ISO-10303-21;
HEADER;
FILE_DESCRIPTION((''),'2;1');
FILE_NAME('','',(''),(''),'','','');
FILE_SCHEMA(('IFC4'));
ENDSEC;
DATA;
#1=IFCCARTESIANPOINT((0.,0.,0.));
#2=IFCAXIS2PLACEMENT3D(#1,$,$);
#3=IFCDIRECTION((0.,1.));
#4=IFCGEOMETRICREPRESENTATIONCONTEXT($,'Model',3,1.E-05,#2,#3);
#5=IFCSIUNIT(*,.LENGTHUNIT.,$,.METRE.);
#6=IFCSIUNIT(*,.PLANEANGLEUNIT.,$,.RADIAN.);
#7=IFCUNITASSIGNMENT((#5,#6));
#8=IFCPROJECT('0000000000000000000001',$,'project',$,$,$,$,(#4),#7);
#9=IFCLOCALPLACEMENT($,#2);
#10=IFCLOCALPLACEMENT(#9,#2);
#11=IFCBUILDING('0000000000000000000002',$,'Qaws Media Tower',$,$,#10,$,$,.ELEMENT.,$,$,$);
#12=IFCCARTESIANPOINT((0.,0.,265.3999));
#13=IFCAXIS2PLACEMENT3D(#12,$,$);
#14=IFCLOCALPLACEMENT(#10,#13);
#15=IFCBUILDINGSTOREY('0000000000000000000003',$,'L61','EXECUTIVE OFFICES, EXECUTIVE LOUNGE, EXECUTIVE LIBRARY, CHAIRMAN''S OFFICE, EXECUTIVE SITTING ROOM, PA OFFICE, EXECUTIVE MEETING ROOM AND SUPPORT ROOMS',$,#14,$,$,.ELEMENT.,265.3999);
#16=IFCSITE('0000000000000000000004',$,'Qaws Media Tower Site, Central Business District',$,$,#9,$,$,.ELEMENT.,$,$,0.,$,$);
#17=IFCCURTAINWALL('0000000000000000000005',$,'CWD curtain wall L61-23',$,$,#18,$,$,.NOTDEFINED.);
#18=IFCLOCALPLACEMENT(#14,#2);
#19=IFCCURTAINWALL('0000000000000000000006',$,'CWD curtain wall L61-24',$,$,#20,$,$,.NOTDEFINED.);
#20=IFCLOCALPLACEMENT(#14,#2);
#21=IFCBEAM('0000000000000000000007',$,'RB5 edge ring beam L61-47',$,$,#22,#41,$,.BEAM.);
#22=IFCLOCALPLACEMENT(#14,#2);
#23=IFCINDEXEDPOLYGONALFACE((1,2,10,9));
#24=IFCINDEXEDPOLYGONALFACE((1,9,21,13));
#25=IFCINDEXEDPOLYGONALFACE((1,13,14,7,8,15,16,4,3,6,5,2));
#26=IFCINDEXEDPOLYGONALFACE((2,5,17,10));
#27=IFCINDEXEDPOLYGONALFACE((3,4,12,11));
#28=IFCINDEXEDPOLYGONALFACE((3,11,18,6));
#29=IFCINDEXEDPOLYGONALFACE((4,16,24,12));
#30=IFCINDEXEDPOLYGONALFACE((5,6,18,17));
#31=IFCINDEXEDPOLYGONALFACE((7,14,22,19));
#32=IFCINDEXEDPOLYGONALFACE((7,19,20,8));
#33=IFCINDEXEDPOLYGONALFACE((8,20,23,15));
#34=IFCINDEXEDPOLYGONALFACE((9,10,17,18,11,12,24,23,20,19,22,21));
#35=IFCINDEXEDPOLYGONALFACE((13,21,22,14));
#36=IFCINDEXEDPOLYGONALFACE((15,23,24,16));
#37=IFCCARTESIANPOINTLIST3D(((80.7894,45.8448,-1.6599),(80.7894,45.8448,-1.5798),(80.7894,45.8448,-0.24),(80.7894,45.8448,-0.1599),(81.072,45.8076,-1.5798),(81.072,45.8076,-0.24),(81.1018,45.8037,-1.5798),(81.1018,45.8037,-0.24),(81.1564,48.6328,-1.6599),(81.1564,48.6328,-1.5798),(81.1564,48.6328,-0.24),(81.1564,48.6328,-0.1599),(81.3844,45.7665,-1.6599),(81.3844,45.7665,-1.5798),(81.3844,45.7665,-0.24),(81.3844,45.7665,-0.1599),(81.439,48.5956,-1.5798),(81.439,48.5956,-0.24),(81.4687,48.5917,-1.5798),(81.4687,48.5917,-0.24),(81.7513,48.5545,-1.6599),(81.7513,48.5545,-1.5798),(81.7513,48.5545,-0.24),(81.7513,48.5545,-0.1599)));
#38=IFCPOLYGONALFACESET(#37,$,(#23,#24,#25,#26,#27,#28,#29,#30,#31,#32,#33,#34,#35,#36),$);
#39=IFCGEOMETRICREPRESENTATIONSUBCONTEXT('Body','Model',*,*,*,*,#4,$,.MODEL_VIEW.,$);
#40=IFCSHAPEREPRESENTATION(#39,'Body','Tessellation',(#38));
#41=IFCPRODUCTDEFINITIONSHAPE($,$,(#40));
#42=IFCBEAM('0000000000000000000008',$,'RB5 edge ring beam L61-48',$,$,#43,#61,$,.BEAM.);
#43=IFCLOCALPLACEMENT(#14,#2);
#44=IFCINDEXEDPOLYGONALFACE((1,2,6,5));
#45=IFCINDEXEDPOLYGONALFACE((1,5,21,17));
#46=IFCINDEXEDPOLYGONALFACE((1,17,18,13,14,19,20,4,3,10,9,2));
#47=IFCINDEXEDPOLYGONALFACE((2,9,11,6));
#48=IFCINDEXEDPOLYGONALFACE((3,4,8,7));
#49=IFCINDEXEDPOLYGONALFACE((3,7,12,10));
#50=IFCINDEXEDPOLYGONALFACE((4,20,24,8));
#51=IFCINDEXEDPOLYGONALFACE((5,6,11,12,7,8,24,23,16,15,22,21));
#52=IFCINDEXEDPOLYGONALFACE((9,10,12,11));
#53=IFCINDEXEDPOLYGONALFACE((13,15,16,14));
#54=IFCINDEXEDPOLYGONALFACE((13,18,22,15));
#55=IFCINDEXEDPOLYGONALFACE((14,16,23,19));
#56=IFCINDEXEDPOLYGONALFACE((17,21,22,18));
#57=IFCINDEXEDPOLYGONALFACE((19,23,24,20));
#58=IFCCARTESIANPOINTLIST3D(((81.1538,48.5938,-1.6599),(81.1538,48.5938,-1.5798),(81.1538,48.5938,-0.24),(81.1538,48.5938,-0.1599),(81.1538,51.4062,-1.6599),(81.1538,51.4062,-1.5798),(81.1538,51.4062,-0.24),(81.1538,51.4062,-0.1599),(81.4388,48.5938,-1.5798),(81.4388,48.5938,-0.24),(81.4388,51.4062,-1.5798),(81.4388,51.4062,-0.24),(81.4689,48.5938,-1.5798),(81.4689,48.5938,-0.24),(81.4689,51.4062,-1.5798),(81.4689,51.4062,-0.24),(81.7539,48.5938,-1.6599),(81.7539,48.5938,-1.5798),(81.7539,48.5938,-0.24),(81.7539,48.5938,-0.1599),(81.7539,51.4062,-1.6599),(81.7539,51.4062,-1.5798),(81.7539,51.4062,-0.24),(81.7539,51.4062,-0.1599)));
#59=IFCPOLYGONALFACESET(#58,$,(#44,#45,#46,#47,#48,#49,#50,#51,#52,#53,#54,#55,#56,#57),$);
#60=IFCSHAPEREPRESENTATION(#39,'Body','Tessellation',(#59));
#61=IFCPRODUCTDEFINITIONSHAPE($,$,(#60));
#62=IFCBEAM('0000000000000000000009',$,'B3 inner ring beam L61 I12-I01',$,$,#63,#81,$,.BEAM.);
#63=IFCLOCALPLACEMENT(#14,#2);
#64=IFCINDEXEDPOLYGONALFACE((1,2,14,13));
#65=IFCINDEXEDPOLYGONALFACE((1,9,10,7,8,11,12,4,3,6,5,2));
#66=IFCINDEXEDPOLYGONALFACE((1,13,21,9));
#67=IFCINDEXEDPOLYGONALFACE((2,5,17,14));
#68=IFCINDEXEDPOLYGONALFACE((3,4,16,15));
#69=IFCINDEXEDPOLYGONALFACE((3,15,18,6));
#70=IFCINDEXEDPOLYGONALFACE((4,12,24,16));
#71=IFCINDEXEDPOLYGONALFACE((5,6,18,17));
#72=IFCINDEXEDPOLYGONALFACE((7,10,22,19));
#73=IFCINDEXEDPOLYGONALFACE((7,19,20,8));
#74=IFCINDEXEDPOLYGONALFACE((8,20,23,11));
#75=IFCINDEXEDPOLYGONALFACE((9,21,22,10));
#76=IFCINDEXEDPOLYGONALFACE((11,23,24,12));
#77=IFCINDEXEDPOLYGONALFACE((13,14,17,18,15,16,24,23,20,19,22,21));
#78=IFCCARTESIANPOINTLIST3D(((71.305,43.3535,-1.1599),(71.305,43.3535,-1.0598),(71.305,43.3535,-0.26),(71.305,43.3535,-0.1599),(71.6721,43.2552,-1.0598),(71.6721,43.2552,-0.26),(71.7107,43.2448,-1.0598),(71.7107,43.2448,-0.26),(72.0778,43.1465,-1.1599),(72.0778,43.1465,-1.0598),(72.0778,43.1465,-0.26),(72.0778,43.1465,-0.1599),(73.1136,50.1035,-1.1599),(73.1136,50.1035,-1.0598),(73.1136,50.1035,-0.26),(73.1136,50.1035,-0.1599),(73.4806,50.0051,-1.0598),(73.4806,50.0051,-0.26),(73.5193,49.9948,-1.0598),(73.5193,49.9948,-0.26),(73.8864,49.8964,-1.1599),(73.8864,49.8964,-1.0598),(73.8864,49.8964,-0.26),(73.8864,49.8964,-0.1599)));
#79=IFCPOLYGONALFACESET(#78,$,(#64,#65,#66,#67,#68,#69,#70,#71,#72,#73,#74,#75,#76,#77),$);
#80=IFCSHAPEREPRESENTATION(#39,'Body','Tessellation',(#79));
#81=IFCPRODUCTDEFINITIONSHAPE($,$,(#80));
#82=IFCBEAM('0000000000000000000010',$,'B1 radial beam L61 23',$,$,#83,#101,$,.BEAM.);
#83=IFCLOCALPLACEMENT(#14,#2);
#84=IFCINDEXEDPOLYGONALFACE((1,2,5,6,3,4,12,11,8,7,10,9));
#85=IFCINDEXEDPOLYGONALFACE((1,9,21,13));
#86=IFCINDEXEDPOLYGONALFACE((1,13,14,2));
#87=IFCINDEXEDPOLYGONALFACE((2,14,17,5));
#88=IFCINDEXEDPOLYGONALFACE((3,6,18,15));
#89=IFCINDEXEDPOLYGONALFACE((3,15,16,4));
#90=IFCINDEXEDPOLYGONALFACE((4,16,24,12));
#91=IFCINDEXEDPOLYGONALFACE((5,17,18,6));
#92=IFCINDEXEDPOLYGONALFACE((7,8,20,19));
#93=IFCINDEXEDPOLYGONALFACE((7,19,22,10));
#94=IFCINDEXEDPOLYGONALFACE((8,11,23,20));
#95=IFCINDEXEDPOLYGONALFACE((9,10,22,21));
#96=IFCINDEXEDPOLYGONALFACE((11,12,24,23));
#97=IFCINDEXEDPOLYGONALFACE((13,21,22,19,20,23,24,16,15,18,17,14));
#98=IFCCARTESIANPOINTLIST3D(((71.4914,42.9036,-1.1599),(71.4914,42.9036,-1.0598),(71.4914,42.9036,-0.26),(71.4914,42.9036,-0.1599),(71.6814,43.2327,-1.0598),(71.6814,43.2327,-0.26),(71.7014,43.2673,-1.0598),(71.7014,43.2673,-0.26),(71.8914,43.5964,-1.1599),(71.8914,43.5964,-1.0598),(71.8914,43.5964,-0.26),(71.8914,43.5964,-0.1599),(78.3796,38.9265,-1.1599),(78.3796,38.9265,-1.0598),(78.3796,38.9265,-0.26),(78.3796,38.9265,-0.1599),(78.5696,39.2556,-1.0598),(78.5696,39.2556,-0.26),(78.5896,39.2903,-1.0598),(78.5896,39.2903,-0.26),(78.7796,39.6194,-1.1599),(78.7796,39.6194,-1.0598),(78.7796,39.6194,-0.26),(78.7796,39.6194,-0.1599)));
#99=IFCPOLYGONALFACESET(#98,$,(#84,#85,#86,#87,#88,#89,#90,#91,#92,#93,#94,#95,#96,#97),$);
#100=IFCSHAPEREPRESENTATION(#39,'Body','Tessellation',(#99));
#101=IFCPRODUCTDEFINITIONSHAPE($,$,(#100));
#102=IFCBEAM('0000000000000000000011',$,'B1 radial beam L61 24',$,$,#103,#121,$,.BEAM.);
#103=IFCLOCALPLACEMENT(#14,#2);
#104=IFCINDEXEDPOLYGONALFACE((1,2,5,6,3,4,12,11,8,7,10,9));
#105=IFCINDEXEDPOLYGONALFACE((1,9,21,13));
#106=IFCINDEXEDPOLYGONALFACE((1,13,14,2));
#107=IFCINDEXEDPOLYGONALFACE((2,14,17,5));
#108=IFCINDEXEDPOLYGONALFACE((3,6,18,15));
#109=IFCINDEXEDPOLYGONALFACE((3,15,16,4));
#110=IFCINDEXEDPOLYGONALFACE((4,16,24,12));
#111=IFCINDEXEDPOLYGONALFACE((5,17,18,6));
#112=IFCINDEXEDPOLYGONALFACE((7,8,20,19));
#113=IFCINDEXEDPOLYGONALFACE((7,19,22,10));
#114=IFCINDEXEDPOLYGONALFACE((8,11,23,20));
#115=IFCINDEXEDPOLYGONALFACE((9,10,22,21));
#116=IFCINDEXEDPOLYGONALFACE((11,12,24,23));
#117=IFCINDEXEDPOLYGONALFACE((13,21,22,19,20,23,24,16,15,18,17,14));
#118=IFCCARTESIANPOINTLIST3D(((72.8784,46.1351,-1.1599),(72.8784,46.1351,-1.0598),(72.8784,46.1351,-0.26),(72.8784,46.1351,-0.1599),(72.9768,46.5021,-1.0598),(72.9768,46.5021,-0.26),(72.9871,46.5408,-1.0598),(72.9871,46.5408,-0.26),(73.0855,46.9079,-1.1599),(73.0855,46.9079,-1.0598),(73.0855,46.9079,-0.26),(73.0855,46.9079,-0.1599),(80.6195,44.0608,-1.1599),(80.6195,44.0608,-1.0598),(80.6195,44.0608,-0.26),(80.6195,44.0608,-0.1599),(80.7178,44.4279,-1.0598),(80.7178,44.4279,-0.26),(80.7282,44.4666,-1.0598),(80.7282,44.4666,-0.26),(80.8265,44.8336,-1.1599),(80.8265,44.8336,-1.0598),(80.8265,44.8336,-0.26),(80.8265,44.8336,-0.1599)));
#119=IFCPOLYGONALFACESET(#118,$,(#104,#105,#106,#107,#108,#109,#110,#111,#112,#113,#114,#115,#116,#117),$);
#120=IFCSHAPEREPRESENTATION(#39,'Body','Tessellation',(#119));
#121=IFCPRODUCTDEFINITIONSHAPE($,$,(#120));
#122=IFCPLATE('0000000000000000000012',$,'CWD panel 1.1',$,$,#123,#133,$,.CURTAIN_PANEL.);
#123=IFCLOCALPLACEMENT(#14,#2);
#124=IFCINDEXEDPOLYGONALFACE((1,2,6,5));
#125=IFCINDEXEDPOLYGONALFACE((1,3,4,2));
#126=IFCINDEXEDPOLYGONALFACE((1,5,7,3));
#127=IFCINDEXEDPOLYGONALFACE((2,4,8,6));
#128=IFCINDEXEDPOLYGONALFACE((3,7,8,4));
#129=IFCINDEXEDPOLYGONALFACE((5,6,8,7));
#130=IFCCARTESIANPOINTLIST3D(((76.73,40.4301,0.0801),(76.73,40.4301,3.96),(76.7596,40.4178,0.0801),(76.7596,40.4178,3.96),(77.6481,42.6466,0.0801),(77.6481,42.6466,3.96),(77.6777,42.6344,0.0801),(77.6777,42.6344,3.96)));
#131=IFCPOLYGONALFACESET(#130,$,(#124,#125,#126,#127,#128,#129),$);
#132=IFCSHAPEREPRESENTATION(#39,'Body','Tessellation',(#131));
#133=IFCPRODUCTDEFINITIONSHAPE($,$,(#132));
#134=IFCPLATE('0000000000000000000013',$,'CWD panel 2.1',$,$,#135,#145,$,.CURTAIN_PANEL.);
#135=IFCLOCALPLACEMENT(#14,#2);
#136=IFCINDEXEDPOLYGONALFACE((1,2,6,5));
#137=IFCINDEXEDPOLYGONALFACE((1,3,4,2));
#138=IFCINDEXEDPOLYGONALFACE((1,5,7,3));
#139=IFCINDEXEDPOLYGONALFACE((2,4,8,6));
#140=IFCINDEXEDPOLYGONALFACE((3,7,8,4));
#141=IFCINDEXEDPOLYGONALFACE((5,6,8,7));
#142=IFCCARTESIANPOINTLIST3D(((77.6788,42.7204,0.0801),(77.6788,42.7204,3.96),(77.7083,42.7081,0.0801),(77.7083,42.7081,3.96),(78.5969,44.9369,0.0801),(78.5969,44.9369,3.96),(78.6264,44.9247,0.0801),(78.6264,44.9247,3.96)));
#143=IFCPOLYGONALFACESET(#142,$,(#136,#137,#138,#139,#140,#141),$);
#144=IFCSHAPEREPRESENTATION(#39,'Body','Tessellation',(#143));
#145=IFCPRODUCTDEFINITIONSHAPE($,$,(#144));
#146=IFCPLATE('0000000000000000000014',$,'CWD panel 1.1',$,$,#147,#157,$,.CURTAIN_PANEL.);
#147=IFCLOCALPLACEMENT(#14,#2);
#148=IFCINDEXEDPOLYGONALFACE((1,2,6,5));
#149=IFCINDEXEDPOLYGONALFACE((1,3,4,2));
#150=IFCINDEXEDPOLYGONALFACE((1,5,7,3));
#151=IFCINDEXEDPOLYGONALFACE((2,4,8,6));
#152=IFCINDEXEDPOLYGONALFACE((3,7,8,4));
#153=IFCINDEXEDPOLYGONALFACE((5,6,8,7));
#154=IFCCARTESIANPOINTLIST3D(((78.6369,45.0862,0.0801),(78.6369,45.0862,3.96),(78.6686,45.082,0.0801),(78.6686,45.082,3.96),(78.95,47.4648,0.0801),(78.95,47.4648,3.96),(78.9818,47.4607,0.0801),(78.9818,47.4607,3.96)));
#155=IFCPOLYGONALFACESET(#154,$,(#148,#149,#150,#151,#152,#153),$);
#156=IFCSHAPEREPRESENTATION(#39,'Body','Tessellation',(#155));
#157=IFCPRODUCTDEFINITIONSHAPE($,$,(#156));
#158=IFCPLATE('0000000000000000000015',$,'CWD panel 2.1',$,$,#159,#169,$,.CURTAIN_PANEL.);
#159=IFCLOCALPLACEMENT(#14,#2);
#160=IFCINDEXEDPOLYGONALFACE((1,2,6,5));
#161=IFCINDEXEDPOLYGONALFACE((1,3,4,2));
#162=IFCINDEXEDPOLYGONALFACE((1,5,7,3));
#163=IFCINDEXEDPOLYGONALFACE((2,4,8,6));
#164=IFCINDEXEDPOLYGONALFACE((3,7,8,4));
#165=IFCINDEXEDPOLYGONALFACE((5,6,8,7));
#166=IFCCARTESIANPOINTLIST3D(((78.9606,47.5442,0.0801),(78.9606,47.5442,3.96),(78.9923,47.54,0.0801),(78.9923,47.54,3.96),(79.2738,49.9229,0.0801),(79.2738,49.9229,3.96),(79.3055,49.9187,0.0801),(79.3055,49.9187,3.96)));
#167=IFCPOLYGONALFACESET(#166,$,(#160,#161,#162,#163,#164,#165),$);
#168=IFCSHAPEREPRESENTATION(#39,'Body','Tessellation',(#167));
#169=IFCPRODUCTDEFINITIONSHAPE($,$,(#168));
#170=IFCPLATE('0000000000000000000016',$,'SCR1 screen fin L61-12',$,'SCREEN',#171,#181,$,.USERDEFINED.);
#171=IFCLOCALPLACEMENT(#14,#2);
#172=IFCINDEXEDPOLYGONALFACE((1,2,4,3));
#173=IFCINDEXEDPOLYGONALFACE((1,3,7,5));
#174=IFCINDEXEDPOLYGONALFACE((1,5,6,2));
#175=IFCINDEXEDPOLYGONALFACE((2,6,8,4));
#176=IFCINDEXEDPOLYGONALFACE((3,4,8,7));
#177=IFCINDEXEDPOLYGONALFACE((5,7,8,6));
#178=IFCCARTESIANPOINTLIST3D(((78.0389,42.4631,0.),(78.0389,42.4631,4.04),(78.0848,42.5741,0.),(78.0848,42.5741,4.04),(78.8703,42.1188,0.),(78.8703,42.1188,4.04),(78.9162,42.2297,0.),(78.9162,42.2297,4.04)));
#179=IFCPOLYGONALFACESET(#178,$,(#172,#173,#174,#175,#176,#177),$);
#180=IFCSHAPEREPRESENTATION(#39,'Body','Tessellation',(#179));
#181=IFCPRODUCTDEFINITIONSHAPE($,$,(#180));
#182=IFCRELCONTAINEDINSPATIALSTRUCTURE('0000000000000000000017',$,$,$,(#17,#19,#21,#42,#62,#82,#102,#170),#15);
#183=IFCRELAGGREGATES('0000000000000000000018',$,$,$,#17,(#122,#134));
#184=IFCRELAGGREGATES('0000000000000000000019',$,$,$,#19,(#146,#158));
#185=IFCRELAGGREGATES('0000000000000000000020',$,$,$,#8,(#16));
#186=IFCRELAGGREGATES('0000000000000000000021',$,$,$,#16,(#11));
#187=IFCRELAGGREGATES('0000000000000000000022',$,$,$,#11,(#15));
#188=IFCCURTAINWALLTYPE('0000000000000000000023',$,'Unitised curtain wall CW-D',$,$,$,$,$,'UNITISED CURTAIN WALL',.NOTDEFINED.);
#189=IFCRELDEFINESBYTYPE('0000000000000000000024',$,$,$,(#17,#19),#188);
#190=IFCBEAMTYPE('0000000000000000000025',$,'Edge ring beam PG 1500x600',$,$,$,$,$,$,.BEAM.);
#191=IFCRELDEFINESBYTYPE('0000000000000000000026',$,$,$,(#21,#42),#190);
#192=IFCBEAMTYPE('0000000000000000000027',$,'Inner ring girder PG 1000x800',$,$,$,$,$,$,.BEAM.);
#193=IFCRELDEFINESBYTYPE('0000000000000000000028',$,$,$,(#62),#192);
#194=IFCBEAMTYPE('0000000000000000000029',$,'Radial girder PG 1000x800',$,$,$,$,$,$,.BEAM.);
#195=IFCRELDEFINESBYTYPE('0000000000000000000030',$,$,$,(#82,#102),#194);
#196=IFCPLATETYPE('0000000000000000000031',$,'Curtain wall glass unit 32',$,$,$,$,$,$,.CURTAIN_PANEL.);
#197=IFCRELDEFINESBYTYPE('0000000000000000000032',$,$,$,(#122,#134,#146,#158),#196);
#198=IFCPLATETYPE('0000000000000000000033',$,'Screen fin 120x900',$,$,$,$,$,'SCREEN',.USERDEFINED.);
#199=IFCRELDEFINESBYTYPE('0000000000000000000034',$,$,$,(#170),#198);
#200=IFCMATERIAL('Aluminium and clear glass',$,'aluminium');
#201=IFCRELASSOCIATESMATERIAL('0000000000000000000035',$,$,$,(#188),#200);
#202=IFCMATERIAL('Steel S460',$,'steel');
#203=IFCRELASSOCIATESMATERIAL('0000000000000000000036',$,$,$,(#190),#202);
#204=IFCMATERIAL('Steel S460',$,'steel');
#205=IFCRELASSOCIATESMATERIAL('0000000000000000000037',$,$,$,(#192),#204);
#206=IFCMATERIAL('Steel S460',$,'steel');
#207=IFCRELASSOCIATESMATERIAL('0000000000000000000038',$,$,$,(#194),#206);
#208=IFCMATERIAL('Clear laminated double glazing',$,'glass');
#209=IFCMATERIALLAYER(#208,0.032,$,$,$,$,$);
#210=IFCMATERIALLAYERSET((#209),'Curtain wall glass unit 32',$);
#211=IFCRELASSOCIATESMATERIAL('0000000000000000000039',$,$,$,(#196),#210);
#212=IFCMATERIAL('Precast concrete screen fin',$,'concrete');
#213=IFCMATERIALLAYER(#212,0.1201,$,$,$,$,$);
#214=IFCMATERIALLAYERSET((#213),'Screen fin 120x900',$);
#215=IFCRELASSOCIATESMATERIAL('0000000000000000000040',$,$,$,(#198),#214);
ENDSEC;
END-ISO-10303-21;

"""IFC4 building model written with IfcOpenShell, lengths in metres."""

from ifc_helpers import new_model, si_unit, direction, frame, origin, origin_2d, place, context, subcontext, project, spatial, rectangle, i_section, extrude, material, layer, layer_set, material_profile, profile_set, type_object, element, aggregate, save


model = new_model("IFC4")

# Units and contexts
model_context = context("Model", 3, precision=1e-05, world=origin(), true_north=direction((0.0, 1.0)))
body_context = subcontext(model_context, "Body", "Model", "MODEL_VIEW")
ifc_project = project(units=[si_unit("LENGTHUNIT", "METRE"), si_unit("PLANEANGLEUNIT", "RADIAN")], contexts=[model_context])

# Site, building, storey
site_placement = place(None, origin())
site = spatial("IfcSite", under=ifc_project, at=site_placement, Name="Qaws Media Tower Site, Central Business District", CompositionType="ELEMENT", RefElevation=0.0)
building_placement = place(site_placement, origin())
building = spatial("IfcBuilding", under=site, at=building_placement, Name="Qaws Media Tower", CompositionType="ELEMENT")
storey_placement = place(building_placement, frame((0.0, 0.0, 265.3999)))
storey = spatial("IfcBuildingStorey", under=building, at=storey_placement, Name="L61", Description="EXECUTIVE OFFICES, EXECUTIVE LOUNGE, EXECUTIVE LIBRARY, CHAIRMAN'S OFFICE, EXECUTIVE SITTING ROOM, PA OFFICE, EXECUTIVE MEETING ROOM AND SUPPORT ROOMS", CompositionType="ELEMENT", Elevation=265.3999)

# Curtain walls
ifc_material_1 = material(Name="Aluminium and clear glass", Category="aluminium")
curtain_wall_type = type_object("IfcCurtainWallType", Name="Unitised curtain wall CW-D", ElementType="UNITISED CURTAIN WALL", PredefinedType="NOTDEFINED", material=ifc_material_1)
curtain_wall_1_placement = place(storey_placement, origin())
curtain_wall_1 = element("IfcCurtainWall", 1, at=curtain_wall_1_placement, inside=storey, type_object=curtain_wall_type, Name="CWD curtain wall L61-23", PredefinedType="NOTDEFINED")
curtain_wall_2_placement = place(storey_placement, origin())
curtain_wall_2 = element("IfcCurtainWall", 2, at=curtain_wall_2_placement, inside=storey, type_object=curtain_wall_type, Name="CWD curtain wall L61-24", PredefinedType="NOTDEFINED")

# Beams
ifc_material_2 = material(Name="Steel S460", Category="steel")
ifc_material_profile_1 = material_profile(ifc_material_2, i_section(OverallWidth=0.6001, OverallDepth=1.5, WebThickness=0.03, FlangeThickness=0.0801, at=origin_2d()), Name="PG 1500x600")
ifc_profile_set_1 = profile_set([ifc_material_profile_1], Name="Steel S460")
beam_type_1 = type_object("IfcBeamType", Name="Edge ring beam PG 1500x600", PredefinedType="BEAM", material=ifc_profile_set_1)
beam_1_placement = place(storey_placement, frame((81.0869, 45.8057, -0.9099), z_axis=(0.130486, 0.99145, 0.0), x_axis=(-0.99145, 0.130486, 0.0)))
element("IfcBeam", 3, at=beam_1_placement, inside=storey, type_object=beam_type_1, Name="RB5 edge ring beam L61-47", PredefinedType="BEAM", context=body_context, shape_type="SweptSolid", body=[
    extrude(i_section(OverallWidth=0.6001, OverallDepth=1.5, WebThickness=0.03, FlangeThickness=0.0801, at=origin_2d()), origin(), (0.0, 0.0, 1.0), 2.812),
])
beam_2_placement = place(storey_placement, frame((81.4539, 48.5938, -0.9099), z_axis=(0.0, 1.0, 0.0), x_axis=(-1.0, 0.0, 0.0)))
element("IfcBeam", 4, at=beam_2_placement, inside=storey, type_object=beam_type_1, Name="RB5 edge ring beam L61-48", PredefinedType="BEAM", context=body_context, shape_type="SweptSolid", body=[
    extrude(i_section(OverallWidth=0.6001, OverallDepth=1.5, WebThickness=0.03, FlangeThickness=0.0801, at=origin_2d()), origin(), (0.0, 0.0, 1.0), 2.8125),
])
ifc_material_3 = material(Name="Steel S460", Category="steel")
ifc_material_profile_2 = material_profile(ifc_material_3, i_section(OverallWidth=0.8, OverallDepth=1.0, WebThickness=0.04, FlangeThickness=0.1001, at=origin_2d()), Name="PG 1000x800")
ifc_profile_set_2 = profile_set([ifc_material_profile_2], Name="Steel S460")
beam_type_2 = type_object("IfcBeamType", Name="Inner ring girder PG 1000x800", PredefinedType="BEAM", material=ifc_profile_set_2)
beam_3_placement = place(storey_placement, frame((71.6914, 43.25, -0.6599), z_axis=(0.258811, 0.965928, 0.0), x_axis=(-0.965928, 0.258811, 0.0)))
element("IfcBeam", 5, at=beam_3_placement, inside=storey, type_object=beam_type_2, Name="B3 inner ring beam L61 I12-I01", PredefinedType="BEAM", context=body_context, shape_type="SweptSolid", body=[
    extrude(i_section(OverallWidth=0.8, OverallDepth=1.0, WebThickness=0.04, FlangeThickness=0.1001, at=origin_2d()), origin(), (0.0, 0.0, 1.0), 6.988),
])
ifc_material_4 = material(Name="Steel S460", Category="steel")
ifc_material_profile_3 = material_profile(ifc_material_4, i_section(OverallWidth=0.8, OverallDepth=1.0, WebThickness=0.04, FlangeThickness=0.1001, at=origin_2d()), Name="PG 1000x800")
ifc_profile_set_3 = profile_set([ifc_material_profile_3], Name="Steel S460")
beam_type_3 = type_object("IfcBeamType", Name="Radial girder PG 1000x800", PredefinedType="BEAM", material=ifc_profile_set_3)
beam_4_placement = place(storey_placement, frame((71.6914, 43.25, -0.6599), z_axis=(0.866017, -0.500015, 0.0), x_axis=(0.500015, 0.866017, 0.0)))
element("IfcBeam", 6, at=beam_4_placement, inside=storey, type_object=beam_type_3, Name="B1 radial beam L61 23", PredefinedType="BEAM", context=body_context, shape_type="SweptSolid", body=[
    extrude(i_section(OverallWidth=0.8, OverallDepth=1.0, WebThickness=0.04, FlangeThickness=0.1001, at=origin_2d()), origin(), (0.0, 0.0, 1.0), 7.9539),
])
beam_5_placement = place(storey_placement, frame((72.9819, 46.5215, -0.6599), z_axis=(0.965925, -0.258823, 0.0), x_axis=(0.258823, 0.965925, 0.0)))
element("IfcBeam", 7, at=beam_5_placement, inside=storey, type_object=beam_type_3, Name="B1 radial beam L61 24", PredefinedType="BEAM", context=body_context, shape_type="SweptSolid", body=[
    extrude(i_section(OverallWidth=0.8, OverallDepth=1.0, WebThickness=0.04, FlangeThickness=0.1001, at=origin_2d()), origin(), (0.0, 0.0, 1.0), 8.0142),
])

# Plates
ifc_material_5 = material(Name="Clear laminated double glazing", Category="glass")
ifc_layer_1 = layer(ifc_material_5, 0.032)
ifc_layer_set_1 = layer_set([ifc_layer_1], Name="Curtain wall glass unit 32")
plate_type_1 = type_object("IfcPlateType", Name="Curtain wall glass unit 32", PredefinedType="CURTAIN_PANEL", material=ifc_layer_set_1)
plate_1_placement = place(storey_placement, frame((77.2039, 41.5322, 0.0801), z_axis=(0.0, 0.0, 1.0), x_axis=(0.382683, 0.92388, 0.0)))
plate_1 = element("IfcPlate", 8, at=plate_1_placement, type_object=plate_type_1, Name="CWD panel 1.1", PredefinedType="CURTAIN_PANEL", context=body_context, shape_type="SweptSolid", body=[
    extrude(rectangle(XDim=2.3992, YDim=0.032, at=origin_2d()), origin(), (0.0, 0.0, 1.0), 3.8799),
])
plate_2_placement = place(storey_placement, frame((78.1526, 43.8225, 0.0801), z_axis=(0.0, 0.0, 1.0), x_axis=(0.382683, 0.92388, 0.0)))
plate_2 = element("IfcPlate", 9, at=plate_2_placement, type_object=plate_type_1, Name="CWD panel 2.1", PredefinedType="CURTAIN_PANEL", context=body_context, shape_type="SweptSolid", body=[
    extrude(rectangle(XDim=2.3992, YDim=0.032, at=origin_2d()), origin(), (0.0, 0.0, 1.0), 3.8799),
])
aggregate(curtain_wall_1, [plate_1, plate_2])
plate_3_placement = place(storey_placement, frame((78.8093, 46.2734, 0.0801), z_axis=(0.0, 0.0, 1.0), x_axis=(0.130526, 0.991445, 0.0)))
plate_3 = element("IfcPlate", 10, at=plate_3_placement, type_object=plate_type_1, Name="CWD panel 1.1", PredefinedType="CURTAIN_PANEL", context=body_context, shape_type="SweptSolid", body=[
    extrude(rectangle(XDim=2.3992, YDim=0.032, at=origin_2d()), origin(), (0.0, 0.0, 1.0), 3.8799),
])
plate_4_placement = place(storey_placement, frame((79.1331, 48.7314, 0.0801), z_axis=(0.0, 0.0, 1.0), x_axis=(0.130526, 0.991445, 0.0)))
plate_4 = element("IfcPlate", 11, at=plate_4_placement, type_object=plate_type_1, Name="CWD panel 2.1", PredefinedType="CURTAIN_PANEL", context=body_context, shape_type="SweptSolid", body=[
    extrude(rectangle(XDim=2.3992, YDim=0.032, at=origin_2d()), origin(), (0.0, 0.0, 1.0), 3.8799),
])
aggregate(curtain_wall_2, [plate_3, plate_4])
ifc_material_6 = material(Name="Precast concrete screen fin", Category="concrete")
ifc_layer_2 = layer(ifc_material_6, 0.1201)
ifc_layer_set_2 = layer_set([ifc_layer_2], Name="Screen fin 120x900")
plate_type_2 = type_object("IfcPlateType", Name="Screen fin 120x900", ElementType="SCREEN", PredefinedType="USERDEFINED", material=ifc_layer_set_2)
plate_5_placement = place(storey_placement, frame((78.4775, 42.3464, 0.0), z_axis=(0.0, 0.0, 1.0), x_axis=(0.92388, -0.382683, 0.0)))
element("IfcPlate", 12, at=plate_5_placement, inside=storey, type_object=plate_type_2, Name="SCR1 screen fin L61-12", ObjectType="SCREEN", PredefinedType="USERDEFINED", context=body_context, shape_type="SweptSolid", body=[
    extrude(rectangle(XDim=0.8999, YDim=0.1201, at=origin_2d()), origin(), (0.0, 0.0, 1.0), 4.04),
])

save(model, "model.ifc")
